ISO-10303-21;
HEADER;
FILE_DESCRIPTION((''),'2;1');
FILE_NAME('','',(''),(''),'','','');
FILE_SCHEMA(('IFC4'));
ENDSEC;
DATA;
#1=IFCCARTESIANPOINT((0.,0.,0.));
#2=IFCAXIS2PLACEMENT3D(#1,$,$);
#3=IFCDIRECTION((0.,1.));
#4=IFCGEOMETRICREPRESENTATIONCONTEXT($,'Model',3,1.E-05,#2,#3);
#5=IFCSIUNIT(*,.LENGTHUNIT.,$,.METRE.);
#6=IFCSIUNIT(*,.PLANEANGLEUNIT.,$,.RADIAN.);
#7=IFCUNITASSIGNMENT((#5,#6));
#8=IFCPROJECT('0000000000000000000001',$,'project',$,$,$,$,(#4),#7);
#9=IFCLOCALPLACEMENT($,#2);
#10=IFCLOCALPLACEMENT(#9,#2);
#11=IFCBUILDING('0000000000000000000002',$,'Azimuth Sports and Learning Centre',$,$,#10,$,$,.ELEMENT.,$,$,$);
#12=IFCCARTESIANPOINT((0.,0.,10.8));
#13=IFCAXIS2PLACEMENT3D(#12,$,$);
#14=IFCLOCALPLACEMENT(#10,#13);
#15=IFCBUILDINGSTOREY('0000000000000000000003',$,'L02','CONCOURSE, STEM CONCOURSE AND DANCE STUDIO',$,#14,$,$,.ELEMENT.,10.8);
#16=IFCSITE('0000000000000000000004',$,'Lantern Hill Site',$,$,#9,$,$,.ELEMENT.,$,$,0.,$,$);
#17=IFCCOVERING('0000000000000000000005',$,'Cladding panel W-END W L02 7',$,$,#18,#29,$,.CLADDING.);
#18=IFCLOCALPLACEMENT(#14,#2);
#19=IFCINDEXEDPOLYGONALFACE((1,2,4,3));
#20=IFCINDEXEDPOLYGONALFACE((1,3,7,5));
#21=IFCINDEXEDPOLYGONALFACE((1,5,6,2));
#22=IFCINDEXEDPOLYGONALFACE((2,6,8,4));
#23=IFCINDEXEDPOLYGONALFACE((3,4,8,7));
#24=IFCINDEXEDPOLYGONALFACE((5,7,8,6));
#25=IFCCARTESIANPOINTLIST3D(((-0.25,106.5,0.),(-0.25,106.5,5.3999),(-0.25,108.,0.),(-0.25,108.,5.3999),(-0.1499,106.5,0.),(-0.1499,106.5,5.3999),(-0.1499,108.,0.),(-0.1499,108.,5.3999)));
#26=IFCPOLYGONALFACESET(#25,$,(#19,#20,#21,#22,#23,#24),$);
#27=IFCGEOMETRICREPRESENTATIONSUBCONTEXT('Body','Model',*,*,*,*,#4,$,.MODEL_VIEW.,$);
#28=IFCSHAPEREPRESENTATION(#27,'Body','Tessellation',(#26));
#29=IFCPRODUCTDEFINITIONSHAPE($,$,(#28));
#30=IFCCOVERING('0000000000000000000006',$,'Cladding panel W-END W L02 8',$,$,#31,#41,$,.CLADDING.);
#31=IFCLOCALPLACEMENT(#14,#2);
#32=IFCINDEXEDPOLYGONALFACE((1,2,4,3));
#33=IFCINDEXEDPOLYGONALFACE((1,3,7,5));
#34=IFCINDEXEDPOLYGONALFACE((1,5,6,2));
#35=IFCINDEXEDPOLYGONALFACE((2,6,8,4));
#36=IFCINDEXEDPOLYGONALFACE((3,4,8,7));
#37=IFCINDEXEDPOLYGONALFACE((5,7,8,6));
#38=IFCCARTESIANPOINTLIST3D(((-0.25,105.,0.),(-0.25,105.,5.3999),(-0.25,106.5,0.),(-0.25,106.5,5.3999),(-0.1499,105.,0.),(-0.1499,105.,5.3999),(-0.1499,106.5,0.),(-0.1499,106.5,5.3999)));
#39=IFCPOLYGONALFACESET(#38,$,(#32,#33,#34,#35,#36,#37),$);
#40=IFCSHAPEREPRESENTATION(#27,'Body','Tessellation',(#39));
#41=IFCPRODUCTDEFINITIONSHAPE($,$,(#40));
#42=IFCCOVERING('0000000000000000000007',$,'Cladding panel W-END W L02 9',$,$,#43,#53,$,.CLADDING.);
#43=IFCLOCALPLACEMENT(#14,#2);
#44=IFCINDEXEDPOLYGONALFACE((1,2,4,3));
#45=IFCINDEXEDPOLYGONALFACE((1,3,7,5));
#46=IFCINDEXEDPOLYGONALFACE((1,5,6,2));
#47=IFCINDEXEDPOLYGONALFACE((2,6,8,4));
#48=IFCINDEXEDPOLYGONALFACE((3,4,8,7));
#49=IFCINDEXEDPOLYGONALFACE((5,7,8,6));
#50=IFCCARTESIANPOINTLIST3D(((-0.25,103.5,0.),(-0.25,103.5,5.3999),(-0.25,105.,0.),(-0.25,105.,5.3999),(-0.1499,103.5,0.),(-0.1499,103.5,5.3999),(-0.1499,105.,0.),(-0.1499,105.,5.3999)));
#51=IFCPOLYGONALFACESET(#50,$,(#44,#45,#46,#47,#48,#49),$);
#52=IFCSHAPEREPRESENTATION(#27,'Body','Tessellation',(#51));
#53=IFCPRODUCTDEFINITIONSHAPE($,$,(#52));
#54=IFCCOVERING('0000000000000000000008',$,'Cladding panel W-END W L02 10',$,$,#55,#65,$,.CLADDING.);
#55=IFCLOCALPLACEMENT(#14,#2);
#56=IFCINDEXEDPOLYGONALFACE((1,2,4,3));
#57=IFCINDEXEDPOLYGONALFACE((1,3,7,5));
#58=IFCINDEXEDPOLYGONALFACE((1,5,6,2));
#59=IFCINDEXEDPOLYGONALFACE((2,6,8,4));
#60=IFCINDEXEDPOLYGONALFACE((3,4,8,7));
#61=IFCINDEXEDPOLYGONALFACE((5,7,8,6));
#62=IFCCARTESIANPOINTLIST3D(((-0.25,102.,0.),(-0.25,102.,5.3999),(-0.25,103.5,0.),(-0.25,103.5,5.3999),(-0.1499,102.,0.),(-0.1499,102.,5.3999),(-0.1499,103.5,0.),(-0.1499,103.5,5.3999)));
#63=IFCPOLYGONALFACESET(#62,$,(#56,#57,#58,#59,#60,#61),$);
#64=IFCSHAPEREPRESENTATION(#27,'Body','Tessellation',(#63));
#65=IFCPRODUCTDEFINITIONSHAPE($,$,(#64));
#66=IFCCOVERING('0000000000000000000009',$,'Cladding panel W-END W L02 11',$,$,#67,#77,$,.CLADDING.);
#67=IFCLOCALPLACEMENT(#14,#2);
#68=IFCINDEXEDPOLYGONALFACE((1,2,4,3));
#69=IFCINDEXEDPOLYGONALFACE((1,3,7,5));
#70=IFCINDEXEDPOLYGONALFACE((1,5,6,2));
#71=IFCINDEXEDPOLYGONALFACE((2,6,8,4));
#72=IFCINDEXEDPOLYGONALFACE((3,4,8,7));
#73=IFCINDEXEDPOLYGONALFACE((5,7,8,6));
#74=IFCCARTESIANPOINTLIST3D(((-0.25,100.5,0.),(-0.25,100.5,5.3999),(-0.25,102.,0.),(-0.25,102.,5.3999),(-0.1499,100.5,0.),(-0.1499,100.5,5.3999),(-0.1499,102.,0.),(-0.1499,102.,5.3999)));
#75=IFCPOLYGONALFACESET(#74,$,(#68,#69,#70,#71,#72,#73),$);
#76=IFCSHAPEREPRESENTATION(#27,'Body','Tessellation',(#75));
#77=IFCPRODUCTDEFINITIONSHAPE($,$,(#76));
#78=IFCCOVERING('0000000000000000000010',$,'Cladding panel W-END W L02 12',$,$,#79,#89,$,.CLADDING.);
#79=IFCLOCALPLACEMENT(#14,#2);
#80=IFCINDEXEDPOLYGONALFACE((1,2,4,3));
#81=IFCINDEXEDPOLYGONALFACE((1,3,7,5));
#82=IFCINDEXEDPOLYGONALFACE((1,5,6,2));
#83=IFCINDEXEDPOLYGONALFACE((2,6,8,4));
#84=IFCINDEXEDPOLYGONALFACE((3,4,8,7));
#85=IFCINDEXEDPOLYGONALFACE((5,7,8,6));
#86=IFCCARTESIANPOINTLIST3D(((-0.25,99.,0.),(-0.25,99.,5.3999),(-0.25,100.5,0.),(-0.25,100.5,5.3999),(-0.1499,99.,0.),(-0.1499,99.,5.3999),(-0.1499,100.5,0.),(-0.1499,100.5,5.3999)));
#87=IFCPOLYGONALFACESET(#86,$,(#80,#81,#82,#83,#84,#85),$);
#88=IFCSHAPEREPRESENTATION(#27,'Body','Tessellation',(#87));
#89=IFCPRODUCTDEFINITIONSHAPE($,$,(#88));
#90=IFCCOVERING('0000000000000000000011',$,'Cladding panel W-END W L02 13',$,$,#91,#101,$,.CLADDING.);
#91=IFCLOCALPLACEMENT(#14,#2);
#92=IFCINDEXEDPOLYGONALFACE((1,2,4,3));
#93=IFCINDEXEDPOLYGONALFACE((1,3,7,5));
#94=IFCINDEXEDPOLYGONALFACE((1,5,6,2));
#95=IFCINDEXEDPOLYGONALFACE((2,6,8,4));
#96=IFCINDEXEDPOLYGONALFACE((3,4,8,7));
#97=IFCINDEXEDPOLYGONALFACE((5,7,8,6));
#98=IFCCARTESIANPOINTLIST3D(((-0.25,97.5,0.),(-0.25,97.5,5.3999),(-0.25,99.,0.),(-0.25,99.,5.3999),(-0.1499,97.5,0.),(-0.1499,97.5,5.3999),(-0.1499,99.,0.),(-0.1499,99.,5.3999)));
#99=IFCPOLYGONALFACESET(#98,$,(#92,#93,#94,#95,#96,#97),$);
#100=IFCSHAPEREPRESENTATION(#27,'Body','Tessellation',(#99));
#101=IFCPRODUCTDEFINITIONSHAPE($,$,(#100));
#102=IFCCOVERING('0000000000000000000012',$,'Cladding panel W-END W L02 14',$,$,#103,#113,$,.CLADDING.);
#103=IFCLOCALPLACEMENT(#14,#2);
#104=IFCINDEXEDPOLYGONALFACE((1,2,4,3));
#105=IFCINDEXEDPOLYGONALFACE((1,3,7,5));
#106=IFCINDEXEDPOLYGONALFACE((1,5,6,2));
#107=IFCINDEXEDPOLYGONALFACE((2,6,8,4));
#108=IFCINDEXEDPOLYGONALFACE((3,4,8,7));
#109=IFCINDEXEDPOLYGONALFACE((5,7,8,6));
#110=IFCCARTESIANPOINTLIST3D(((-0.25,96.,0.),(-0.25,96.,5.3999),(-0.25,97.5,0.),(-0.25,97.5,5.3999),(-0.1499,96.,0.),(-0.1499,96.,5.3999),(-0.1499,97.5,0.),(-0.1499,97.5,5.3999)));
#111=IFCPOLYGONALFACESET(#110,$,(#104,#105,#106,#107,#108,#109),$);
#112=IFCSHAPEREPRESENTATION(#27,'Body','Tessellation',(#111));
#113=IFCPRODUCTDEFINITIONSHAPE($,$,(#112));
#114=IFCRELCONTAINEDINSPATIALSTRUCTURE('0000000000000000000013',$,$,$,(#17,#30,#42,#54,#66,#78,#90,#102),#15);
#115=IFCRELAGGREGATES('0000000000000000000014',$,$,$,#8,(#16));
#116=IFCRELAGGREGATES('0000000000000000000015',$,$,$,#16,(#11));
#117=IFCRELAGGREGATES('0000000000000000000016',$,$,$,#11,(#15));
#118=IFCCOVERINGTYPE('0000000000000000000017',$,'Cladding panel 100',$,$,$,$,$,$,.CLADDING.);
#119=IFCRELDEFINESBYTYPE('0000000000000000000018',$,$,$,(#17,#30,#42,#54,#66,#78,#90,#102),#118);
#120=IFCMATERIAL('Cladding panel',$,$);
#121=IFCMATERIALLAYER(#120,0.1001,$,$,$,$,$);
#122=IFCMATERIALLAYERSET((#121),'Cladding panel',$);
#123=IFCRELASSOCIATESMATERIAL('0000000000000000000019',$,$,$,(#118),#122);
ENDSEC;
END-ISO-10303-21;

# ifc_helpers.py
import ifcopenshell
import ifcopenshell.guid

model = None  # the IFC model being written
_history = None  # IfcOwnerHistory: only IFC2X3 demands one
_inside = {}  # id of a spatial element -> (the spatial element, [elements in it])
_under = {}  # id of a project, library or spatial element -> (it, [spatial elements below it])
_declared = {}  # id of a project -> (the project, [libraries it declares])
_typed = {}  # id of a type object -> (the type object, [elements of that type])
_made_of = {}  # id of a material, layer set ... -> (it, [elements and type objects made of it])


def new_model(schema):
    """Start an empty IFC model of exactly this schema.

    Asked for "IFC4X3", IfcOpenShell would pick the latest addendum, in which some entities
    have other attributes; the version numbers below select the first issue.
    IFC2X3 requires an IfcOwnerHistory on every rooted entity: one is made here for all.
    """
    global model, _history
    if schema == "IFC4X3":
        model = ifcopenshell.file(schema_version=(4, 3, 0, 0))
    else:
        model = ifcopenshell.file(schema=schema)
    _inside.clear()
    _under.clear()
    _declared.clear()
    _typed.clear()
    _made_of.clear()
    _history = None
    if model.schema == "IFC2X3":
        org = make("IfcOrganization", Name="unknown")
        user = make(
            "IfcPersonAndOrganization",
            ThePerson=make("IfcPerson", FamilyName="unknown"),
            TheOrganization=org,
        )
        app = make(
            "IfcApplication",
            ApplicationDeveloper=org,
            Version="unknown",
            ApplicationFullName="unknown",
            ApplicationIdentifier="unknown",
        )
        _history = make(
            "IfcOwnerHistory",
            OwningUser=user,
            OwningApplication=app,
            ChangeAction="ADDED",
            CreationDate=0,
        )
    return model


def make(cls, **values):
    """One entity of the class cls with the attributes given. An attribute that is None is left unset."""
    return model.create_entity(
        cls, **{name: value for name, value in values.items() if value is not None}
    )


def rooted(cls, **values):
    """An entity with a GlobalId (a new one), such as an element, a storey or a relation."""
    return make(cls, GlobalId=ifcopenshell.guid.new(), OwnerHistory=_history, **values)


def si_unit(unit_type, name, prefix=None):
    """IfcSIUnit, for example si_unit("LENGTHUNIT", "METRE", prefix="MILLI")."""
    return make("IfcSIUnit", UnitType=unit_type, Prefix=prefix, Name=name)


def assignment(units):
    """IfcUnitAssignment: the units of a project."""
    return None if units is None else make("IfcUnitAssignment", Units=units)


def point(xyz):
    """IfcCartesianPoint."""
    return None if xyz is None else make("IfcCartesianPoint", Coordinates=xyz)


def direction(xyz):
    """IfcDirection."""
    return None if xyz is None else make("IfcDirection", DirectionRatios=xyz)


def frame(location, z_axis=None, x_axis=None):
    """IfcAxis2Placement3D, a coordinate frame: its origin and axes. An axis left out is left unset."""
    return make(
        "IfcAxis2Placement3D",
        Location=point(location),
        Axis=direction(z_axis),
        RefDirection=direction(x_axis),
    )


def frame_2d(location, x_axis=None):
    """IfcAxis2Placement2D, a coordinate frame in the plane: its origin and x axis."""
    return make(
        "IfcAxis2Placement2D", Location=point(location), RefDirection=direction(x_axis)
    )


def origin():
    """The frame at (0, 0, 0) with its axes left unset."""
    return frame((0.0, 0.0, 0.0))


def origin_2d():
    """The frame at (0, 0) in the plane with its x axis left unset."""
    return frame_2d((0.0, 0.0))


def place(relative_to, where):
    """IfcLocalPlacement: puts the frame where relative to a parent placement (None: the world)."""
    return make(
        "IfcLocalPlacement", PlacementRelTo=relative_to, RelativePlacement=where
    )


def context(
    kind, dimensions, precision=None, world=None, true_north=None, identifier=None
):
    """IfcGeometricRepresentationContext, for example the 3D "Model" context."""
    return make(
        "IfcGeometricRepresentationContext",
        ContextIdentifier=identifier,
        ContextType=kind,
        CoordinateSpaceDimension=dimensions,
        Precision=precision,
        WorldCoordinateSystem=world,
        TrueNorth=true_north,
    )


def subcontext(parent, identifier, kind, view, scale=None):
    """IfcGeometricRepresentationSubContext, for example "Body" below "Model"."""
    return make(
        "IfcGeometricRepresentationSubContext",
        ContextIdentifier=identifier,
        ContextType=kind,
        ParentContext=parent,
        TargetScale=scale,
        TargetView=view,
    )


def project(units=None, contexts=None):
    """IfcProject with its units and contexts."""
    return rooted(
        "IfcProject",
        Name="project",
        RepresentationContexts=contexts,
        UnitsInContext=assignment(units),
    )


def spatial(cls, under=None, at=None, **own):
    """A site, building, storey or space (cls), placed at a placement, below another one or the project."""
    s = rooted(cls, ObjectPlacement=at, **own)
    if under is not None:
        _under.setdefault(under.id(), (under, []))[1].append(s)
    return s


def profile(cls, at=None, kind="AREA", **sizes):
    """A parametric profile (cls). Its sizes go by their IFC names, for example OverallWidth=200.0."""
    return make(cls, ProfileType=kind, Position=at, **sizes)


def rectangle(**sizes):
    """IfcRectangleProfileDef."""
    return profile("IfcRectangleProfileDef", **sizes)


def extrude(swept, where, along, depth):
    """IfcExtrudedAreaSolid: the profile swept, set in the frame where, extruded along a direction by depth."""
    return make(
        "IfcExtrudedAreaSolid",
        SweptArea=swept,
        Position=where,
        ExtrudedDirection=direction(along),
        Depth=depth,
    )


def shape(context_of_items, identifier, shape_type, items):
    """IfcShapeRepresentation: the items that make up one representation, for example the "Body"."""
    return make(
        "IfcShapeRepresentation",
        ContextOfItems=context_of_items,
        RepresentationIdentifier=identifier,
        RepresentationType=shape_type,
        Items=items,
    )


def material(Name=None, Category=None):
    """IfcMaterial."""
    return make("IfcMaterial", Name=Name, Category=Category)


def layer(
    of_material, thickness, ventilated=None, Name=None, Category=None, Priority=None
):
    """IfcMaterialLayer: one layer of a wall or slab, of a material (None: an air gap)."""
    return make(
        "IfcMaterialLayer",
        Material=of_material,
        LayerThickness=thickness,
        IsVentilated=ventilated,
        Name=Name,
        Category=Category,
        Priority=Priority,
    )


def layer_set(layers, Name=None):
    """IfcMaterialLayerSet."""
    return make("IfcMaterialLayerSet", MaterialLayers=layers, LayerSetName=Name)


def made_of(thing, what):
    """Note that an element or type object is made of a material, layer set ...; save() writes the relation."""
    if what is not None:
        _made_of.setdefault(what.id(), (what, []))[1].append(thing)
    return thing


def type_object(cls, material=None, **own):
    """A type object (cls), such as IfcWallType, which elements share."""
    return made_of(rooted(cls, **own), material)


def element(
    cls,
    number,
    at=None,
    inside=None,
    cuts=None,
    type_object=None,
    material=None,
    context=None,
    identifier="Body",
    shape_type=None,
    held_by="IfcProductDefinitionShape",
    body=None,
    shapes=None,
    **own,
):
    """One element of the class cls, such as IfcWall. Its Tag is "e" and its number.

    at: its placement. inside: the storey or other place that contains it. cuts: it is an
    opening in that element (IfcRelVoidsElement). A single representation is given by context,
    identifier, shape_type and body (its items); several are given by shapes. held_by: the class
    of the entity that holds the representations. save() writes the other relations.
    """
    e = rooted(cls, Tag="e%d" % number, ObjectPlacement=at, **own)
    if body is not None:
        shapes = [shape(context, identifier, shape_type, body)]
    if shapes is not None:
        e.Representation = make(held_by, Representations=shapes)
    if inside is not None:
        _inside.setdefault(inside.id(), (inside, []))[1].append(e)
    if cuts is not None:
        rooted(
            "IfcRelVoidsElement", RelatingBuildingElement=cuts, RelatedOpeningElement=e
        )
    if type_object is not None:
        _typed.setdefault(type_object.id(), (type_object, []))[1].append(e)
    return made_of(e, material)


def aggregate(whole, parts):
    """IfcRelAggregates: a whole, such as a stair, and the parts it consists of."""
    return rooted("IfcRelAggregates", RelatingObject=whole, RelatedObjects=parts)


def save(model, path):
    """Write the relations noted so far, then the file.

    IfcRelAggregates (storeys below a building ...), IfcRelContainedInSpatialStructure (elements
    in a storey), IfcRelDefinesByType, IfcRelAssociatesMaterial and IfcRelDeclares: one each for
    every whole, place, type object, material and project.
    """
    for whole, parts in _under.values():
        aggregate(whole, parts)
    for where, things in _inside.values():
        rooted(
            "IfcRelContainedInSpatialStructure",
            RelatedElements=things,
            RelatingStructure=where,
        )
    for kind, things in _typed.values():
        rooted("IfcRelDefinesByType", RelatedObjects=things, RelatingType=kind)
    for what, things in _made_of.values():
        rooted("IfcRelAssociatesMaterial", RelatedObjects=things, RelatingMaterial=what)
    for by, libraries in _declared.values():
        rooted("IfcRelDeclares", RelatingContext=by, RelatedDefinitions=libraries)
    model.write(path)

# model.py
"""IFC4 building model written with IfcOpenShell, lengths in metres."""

from ifc_helpers import new_model, si_unit, direction, frame, origin, origin_2d, place, context, subcontext, project, spatial, rectangle, extrude, material, layer, layer_set, type_object, element, save


model = new_model("IFC4")

# Units and contexts
model_context = context("Model", 3, precision=1e-05, world=origin(), true_north=direction((0.0, 1.0)))
body_context = subcontext(model_context, "Body", "Model", "MODEL_VIEW")
ifc_project = project(units=[si_unit("LENGTHUNIT", "METRE"), si_unit("PLANEANGLEUNIT", "RADIAN")], contexts=[model_context])

# Site, building, storey
site_placement = place(None, origin())
site = spatial("IfcSite", under=ifc_project, at=site_placement, Name="Lantern Hill Site", CompositionType="ELEMENT", RefElevation=0.0)
building_placement = place(site_placement, origin())
building = spatial("IfcBuilding", under=site, at=building_placement, Name="Azimuth Sports and Learning Centre", CompositionType="ELEMENT")
storey_placement = place(building_placement, frame((0.0, 0.0, 10.8)))
storey = spatial("IfcBuildingStorey", under=building, at=storey_placement, Name="L02", Description="CONCOURSE, STEM CONCOURSE AND DANCE STUDIO", CompositionType="ELEMENT", Elevation=10.8)

# Coverings
ifc_material_1 = material(Name="Cladding panel")
ifc_layer_1 = layer(ifc_material_1, 0.1001)
ifc_layer_set_1 = layer_set([ifc_layer_1], Name="Cladding panel")
covering_type = type_object("IfcCoveringType", Name="Cladding panel 100", PredefinedType="CLADDING", material=ifc_layer_set_1)
for number, where, z_axis, x_axis, name in (
    (1, (-0.2, 107.25, 0.0), (0.0, 0.0, 1.0), (0.0, -1.0, 0.0), "Cladding panel W-END W L02 7"),
    (2, (-0.2, 105.75, 0.0), (0.0, 0.0, 1.0), (0.0, -1.0, 0.0), "Cladding panel W-END W L02 8"),
    (3, (-0.2, 104.25, 0.0), (0.0, 0.0, 1.0), (0.0, -1.0, 0.0), "Cladding panel W-END W L02 9"),
    (4, (-0.2, 102.75, 0.0), (0.0, 0.0, 1.0), (0.0, -1.0, 0.0), "Cladding panel W-END W L02 10"),
    (5, (-0.2, 101.25, 0.0), (0.0, 0.0, 1.0), (0.0, -1.0, 0.0), "Cladding panel W-END W L02 11"),
    (6, (-0.2, 99.75, 0.0), (0.0, 0.0, 1.0), (0.0, -1.0, 0.0), "Cladding panel W-END W L02 12"),
    (7, (-0.2, 98.25, 0.0), (0.0, 0.0, 1.0), (0.0, -1.0, 0.0), "Cladding panel W-END W L02 13"),
    (8, (-0.2, 96.75, 0.0), (0.0, 0.0, 1.0), (0.0, -1.0, 0.0), "Cladding panel W-END W L02 14"),
):
    element("IfcCovering", number, at=place(storey_placement, frame(where, z_axis=z_axis, x_axis=x_axis)), inside=storey, type_object=covering_type, Name=name, PredefinedType="CLADDING", context=body_context, shape_type="SweptSolid", body=[
        extrude(rectangle(XDim=1.5, YDim=0.1001, at=origin_2d()), origin(), (0.0, 0.0, 1.0), 5.3999),
    ])

save(model, "model.ifc")
